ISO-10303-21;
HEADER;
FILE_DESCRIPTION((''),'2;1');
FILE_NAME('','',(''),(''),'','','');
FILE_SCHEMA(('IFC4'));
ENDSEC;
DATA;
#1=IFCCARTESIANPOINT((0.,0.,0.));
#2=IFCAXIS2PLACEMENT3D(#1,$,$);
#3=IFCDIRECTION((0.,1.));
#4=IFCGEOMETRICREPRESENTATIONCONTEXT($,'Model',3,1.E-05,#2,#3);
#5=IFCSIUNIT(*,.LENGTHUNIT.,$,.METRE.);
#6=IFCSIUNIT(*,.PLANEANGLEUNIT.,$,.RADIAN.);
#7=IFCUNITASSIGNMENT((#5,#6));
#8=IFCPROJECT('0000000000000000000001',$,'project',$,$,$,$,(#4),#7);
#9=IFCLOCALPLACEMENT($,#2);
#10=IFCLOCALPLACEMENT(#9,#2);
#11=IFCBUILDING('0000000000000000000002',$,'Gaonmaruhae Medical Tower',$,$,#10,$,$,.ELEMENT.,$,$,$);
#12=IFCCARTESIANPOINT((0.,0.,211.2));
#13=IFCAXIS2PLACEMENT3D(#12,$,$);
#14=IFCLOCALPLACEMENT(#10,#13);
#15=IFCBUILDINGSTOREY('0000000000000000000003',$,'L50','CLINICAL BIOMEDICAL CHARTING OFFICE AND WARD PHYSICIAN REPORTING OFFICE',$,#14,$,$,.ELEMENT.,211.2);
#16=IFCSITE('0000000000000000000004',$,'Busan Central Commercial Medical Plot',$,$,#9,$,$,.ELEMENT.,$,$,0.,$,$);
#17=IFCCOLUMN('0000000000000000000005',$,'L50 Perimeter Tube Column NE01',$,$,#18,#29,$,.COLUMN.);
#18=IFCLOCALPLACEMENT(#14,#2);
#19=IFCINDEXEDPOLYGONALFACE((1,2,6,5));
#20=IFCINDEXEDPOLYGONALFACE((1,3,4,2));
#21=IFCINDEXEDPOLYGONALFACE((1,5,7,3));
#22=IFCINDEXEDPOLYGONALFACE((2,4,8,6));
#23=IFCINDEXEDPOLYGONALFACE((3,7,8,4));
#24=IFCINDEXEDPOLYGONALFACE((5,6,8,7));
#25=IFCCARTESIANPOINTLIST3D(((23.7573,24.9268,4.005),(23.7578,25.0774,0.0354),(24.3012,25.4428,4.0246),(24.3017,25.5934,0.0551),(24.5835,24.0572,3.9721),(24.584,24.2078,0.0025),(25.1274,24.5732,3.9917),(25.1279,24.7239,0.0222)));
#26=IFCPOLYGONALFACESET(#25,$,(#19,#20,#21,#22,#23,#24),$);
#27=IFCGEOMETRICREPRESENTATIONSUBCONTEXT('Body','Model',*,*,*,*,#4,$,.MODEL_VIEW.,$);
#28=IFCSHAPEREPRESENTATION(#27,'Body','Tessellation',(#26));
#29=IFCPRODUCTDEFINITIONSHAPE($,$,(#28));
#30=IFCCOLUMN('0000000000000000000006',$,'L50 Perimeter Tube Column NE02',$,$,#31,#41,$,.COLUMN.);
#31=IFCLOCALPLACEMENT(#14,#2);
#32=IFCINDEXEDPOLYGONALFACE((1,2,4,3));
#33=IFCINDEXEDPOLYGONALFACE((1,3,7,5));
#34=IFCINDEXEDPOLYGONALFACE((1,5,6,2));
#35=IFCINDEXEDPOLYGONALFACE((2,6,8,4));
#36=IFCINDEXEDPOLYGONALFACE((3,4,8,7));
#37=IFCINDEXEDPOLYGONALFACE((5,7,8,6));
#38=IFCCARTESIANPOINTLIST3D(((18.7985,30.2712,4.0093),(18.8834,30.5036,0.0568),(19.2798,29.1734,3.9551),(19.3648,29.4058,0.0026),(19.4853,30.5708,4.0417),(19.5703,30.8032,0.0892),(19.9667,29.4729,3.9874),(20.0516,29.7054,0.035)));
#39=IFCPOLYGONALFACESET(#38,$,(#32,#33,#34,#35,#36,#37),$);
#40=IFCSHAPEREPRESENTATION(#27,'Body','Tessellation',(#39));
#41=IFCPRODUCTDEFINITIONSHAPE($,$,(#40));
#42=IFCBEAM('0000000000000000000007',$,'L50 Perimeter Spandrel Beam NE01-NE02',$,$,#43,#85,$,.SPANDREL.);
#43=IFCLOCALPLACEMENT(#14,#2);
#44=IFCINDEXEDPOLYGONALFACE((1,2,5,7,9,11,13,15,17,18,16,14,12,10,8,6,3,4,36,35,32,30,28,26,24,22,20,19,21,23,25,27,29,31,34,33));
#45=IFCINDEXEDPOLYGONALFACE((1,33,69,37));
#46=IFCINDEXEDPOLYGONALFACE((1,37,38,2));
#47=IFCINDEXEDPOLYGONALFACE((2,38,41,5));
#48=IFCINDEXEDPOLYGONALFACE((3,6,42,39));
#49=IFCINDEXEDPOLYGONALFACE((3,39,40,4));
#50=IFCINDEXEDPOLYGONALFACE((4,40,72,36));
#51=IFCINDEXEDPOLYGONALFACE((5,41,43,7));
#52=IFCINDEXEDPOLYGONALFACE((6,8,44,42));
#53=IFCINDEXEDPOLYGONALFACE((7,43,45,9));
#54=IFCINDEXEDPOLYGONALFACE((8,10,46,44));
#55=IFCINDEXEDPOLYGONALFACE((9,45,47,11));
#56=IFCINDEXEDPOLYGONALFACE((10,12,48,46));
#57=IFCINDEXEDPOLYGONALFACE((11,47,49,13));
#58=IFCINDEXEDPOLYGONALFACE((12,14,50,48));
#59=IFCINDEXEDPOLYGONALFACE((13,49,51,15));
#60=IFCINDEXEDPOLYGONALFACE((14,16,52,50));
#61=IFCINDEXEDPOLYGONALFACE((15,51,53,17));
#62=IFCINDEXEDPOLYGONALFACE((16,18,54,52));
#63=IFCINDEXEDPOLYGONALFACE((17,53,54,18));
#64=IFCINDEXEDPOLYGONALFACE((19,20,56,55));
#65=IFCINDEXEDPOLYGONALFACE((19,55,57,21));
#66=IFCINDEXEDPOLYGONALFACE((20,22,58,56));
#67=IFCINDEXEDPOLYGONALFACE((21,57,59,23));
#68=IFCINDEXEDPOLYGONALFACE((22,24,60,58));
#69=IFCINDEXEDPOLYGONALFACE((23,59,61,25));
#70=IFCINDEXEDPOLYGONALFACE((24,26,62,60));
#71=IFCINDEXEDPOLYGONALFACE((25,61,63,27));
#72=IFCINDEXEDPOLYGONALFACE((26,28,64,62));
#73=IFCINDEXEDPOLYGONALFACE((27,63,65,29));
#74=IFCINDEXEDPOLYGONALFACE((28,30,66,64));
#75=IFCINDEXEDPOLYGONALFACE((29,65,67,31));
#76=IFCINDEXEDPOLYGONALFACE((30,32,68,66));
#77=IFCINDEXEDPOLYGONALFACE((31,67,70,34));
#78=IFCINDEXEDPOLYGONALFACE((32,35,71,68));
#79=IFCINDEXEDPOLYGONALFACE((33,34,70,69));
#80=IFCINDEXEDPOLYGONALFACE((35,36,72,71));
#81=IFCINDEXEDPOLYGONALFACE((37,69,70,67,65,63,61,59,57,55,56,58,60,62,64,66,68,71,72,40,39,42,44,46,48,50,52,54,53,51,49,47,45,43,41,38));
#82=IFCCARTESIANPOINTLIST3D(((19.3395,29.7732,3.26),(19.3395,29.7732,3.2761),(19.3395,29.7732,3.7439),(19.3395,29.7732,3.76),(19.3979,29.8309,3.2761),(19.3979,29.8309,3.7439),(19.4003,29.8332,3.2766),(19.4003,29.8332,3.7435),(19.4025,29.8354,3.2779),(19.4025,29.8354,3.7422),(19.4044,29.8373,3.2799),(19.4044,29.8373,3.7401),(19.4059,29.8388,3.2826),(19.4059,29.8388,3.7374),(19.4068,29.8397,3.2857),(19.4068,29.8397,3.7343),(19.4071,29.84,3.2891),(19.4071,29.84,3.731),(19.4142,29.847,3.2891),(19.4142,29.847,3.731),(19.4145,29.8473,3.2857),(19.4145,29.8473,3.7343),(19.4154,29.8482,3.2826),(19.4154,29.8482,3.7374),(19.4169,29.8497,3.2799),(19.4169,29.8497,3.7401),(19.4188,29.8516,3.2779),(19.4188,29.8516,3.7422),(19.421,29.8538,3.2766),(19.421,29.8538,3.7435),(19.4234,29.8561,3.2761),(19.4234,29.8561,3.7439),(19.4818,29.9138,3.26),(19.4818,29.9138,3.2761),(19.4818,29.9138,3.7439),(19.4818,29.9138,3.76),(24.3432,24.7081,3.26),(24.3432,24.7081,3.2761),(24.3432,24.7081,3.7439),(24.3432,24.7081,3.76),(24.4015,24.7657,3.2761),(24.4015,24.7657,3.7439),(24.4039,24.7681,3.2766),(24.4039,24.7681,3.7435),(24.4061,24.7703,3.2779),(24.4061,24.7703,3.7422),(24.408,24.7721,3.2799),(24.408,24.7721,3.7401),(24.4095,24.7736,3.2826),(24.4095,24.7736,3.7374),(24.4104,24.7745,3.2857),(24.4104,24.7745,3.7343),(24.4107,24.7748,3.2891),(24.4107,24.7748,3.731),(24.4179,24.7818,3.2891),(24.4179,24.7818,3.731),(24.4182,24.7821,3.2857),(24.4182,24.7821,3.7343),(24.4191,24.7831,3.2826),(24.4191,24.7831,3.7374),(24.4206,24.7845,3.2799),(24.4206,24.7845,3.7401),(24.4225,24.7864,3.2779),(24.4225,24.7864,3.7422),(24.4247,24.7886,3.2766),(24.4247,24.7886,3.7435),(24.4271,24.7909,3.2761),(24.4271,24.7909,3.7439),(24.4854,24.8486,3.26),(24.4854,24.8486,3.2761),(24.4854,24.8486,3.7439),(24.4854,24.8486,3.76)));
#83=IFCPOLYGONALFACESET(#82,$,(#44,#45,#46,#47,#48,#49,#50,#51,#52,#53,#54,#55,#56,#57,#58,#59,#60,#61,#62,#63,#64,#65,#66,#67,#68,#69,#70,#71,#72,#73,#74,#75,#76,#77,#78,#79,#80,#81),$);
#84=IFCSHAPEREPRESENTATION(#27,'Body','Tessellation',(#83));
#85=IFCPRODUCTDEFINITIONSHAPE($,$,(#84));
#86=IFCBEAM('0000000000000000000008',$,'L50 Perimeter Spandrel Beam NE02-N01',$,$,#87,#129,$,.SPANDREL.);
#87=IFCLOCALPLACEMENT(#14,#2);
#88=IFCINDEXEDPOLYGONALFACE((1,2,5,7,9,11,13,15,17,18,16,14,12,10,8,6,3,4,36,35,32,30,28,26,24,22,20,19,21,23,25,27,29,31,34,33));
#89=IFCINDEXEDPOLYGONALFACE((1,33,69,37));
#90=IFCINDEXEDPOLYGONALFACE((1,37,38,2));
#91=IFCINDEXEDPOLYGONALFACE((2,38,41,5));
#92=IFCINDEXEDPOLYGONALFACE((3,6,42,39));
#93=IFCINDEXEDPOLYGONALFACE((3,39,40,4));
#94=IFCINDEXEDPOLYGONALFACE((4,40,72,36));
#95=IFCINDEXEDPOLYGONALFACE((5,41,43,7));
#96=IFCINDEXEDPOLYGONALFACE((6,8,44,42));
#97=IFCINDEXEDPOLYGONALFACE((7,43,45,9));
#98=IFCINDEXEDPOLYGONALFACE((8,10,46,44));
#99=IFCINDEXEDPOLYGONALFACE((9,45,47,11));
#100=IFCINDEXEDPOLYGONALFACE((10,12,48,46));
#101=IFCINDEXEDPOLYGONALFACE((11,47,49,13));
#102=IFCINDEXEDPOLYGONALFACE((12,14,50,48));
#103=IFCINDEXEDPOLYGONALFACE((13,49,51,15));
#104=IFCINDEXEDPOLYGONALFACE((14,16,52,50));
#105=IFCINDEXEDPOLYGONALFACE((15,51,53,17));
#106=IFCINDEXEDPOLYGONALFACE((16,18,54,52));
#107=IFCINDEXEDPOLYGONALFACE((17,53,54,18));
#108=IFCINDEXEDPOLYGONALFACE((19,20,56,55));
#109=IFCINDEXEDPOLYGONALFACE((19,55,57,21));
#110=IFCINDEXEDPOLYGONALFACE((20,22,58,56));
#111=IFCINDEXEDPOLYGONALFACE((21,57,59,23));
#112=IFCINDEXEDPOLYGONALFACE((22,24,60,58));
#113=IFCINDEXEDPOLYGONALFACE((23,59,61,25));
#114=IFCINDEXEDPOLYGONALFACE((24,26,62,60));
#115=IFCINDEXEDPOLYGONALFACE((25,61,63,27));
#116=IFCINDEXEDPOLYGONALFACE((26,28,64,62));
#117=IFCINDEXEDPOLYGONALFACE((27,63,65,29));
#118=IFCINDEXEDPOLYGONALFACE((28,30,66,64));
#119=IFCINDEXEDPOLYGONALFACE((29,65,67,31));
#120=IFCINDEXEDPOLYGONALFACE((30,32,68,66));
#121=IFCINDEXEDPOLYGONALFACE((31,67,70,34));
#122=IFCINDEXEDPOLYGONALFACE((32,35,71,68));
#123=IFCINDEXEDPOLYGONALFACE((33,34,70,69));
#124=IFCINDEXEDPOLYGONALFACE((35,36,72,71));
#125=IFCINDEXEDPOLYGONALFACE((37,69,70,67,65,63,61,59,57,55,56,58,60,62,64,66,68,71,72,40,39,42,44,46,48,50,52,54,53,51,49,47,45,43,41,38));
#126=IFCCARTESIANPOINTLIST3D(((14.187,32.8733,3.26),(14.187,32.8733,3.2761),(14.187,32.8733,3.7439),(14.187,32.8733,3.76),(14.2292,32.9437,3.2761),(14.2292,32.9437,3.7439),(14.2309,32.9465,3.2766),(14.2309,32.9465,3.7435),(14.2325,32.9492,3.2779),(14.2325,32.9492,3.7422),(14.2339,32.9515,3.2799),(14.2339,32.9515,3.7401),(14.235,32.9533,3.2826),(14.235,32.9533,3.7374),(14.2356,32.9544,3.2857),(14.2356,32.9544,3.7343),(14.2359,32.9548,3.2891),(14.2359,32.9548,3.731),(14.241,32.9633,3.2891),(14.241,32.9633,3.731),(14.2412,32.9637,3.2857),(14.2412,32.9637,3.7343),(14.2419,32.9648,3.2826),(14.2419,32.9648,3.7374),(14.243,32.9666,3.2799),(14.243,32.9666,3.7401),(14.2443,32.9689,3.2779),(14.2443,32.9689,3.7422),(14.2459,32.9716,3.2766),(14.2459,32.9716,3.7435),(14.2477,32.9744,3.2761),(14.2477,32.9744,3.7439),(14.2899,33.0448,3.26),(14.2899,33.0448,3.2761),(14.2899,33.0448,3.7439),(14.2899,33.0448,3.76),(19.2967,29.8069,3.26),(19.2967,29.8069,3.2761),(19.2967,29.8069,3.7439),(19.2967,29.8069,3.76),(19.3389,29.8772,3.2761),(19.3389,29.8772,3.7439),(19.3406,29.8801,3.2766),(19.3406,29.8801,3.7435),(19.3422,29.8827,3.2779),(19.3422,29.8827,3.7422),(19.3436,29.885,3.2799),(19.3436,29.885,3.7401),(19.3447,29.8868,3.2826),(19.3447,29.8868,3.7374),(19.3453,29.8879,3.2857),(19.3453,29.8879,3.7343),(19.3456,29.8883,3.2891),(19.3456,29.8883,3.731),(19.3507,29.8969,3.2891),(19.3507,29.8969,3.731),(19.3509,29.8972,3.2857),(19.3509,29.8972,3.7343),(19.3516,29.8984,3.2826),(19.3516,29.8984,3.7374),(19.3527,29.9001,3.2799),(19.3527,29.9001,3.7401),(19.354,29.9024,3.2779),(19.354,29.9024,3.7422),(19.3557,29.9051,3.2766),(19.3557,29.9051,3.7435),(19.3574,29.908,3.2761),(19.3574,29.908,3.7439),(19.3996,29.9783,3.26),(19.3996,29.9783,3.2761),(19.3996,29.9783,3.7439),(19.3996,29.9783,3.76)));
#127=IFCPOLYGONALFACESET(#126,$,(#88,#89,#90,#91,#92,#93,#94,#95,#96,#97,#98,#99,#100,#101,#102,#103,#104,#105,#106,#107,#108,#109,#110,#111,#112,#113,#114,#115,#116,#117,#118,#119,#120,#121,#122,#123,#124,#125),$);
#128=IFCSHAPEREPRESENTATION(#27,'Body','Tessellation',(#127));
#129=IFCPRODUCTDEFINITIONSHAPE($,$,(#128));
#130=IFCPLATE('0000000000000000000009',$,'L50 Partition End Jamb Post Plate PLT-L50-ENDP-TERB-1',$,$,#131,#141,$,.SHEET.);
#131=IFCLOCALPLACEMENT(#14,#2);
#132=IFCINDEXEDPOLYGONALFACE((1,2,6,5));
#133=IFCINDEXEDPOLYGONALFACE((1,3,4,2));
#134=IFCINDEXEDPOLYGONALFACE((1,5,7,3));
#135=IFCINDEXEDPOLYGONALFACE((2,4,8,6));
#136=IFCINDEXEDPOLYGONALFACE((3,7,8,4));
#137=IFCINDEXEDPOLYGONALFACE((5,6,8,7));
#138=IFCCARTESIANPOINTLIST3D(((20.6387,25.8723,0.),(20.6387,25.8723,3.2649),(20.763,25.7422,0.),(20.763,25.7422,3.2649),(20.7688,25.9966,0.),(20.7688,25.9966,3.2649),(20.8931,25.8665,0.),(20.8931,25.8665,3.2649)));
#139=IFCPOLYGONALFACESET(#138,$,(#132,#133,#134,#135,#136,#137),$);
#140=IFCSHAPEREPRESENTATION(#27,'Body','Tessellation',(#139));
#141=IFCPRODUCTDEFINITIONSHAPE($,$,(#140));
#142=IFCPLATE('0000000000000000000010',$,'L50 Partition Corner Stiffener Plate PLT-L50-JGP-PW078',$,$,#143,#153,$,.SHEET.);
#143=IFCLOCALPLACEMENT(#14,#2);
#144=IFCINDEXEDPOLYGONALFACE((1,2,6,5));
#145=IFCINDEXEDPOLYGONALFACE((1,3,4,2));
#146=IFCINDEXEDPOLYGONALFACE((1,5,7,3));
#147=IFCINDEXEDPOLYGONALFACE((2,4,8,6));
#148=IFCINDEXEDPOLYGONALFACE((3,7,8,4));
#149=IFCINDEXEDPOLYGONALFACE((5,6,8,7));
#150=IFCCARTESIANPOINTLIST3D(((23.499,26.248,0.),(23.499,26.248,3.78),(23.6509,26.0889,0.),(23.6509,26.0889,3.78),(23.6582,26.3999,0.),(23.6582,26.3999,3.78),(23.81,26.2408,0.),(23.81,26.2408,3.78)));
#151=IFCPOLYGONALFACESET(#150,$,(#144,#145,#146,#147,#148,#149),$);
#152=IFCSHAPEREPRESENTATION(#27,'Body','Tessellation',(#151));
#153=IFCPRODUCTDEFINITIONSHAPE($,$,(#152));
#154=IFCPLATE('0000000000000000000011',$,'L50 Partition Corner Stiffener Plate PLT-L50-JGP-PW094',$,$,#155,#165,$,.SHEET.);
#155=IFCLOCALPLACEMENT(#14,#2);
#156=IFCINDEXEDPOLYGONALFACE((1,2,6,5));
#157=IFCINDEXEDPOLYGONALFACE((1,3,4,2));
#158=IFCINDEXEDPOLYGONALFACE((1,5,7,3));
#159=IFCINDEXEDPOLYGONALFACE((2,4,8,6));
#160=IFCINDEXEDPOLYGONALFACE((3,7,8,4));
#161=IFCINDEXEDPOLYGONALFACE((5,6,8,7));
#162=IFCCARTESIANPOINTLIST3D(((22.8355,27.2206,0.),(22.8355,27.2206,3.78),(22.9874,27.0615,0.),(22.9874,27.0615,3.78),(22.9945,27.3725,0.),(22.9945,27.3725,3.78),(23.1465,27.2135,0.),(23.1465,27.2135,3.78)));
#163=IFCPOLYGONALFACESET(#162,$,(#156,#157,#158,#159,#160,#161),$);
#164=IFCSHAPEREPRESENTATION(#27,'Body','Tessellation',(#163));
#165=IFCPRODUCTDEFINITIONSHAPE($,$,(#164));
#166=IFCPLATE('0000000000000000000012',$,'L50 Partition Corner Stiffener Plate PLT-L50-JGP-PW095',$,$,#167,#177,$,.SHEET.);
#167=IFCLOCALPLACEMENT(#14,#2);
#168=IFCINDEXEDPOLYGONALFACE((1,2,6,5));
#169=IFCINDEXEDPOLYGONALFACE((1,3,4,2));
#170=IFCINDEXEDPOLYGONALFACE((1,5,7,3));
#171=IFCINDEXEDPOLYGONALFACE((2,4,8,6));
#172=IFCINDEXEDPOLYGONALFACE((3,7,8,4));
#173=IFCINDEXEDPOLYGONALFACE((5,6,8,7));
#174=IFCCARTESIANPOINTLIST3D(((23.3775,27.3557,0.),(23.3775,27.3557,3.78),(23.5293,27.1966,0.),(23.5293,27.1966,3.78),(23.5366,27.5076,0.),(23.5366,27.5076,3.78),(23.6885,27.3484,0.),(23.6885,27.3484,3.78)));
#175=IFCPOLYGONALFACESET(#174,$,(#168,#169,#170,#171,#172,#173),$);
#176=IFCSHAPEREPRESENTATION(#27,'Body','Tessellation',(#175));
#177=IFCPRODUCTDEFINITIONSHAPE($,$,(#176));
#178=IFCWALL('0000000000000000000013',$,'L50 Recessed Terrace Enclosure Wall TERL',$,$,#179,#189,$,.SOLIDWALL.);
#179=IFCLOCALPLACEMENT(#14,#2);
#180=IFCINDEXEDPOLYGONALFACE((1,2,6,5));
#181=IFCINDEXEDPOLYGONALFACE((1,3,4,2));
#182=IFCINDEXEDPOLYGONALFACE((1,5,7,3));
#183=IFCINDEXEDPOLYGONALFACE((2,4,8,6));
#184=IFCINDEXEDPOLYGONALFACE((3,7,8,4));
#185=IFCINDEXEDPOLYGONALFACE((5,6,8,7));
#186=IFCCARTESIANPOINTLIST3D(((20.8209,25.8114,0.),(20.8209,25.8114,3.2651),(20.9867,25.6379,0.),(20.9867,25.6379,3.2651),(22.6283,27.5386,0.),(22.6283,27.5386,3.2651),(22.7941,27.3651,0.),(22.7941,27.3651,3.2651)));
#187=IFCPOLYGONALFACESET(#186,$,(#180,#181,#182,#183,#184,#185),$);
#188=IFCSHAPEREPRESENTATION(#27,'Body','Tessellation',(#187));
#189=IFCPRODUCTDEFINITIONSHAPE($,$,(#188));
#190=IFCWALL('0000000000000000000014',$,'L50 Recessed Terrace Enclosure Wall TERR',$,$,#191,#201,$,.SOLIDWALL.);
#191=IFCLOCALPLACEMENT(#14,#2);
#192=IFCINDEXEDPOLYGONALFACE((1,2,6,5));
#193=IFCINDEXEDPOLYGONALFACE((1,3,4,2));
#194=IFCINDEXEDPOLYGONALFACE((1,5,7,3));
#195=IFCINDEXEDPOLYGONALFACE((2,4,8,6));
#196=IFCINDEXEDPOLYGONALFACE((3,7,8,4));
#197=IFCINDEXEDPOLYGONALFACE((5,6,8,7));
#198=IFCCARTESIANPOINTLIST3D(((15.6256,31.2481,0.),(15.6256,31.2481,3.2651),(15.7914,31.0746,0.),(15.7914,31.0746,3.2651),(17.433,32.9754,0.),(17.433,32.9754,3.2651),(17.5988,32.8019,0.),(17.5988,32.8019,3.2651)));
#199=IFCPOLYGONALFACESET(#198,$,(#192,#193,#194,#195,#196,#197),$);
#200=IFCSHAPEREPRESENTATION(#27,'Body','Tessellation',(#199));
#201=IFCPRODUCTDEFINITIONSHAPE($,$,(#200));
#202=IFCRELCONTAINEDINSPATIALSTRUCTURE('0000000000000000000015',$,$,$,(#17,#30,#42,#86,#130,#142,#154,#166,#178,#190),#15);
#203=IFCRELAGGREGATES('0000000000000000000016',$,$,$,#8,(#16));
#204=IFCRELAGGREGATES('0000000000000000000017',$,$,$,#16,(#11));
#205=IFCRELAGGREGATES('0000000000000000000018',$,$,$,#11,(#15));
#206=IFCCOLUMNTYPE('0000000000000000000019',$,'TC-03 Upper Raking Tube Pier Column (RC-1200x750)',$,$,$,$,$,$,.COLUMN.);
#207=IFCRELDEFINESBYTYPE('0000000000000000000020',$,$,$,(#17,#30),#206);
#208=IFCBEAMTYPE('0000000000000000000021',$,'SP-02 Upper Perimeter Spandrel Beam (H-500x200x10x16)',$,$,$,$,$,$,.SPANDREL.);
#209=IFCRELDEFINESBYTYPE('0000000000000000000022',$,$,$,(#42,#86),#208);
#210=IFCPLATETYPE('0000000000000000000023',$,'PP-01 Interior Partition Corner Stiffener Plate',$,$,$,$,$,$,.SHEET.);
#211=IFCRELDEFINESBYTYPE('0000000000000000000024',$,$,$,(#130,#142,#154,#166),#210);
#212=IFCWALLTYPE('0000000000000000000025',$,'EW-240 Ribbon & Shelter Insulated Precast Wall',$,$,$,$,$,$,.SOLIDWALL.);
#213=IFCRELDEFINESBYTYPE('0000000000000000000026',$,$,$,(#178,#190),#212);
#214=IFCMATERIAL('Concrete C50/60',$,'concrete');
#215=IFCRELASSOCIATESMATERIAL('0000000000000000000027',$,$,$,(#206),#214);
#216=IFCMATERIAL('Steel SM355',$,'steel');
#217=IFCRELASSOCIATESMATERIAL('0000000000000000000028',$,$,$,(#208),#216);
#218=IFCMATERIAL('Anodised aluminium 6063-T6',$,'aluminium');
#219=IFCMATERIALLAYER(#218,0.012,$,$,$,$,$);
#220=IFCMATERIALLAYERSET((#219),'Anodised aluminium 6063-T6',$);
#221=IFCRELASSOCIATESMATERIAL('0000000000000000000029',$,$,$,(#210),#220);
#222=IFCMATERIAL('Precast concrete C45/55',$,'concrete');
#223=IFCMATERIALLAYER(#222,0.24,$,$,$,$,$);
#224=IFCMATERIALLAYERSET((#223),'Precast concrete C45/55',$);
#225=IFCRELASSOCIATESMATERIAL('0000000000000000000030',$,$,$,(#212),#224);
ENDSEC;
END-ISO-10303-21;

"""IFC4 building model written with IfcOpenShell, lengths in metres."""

from ifc_helpers import new_model, si_unit, direction, frame, frame_2d, origin, origin_2d, place, context, subcontext, project, spatial, rectangle, i_section, extrude, material, layer, layer_set, material_profile, profile_set, type_object, element, save


model = new_model("IFC4")

# Units and contexts
model_context = context("Model", 3, precision=1e-05, world=origin(), true_north=direction((0.0, 1.0)))
body_context = subcontext(model_context, "Body", "Model", "MODEL_VIEW")
ifc_project = project(units=[si_unit("LENGTHUNIT", "METRE"), si_unit("PLANEANGLEUNIT", "RADIAN")], contexts=[model_context])

# Site, building, storey
site_placement = place(None, origin())
site = spatial("IfcSite", under=ifc_project, at=site_placement, Name="Busan Central Commercial Medical Plot", CompositionType="ELEMENT", RefElevation=0.0)
building_placement = place(site_placement, origin())
building = spatial("IfcBuilding", under=site, at=building_placement, Name="Gaonmaruhae Medical Tower", CompositionType="ELEMENT")
storey_placement = place(building_placement, frame((0.0, 0.0, 211.2)))
storey = spatial("IfcBuildingStorey", under=building, at=storey_placement, Name="L50", Description="CLINICAL BIOMEDICAL CHARTING OFFICE AND WARD PHYSICIAN REPORTING OFFICE", CompositionType="ELEMENT", Elevation=211.2)

# Columns
ifc_material_1 = material(Name="Concrete C50/60", Category="concrete")
ifc_material_profile_1 = material_profile(ifc_material_1, rectangle(XDim=1.2, YDim=0.75, at=origin_2d()), Name="RC-1200x750")
ifc_profile_set_1 = profile_set([ifc_material_profile_1], Name="Concrete C50/60")
column_type = type_object("IfcColumnType", Name="TC-03 Upper Raking Tube Pier Column (RC-1200x750)", PredefinedType="COLUMN", material=ifc_profile_set_1)
column_1_placement = place(storey_placement, frame((24.4429, 24.9006, 0.0288), z_axis=(-0.000123, -0.037921, 0.999281), x_axis=(-0.688537, 0.724683, 0.027416)))
element("IfcColumn", 1, at=column_1_placement, inside=storey, type_object=column_type, Name="L50 Perimeter Tube Column NE01", PredefinedType="COLUMN", context=body_context, shape_type="SweptSolid", body=[
    extrude(rectangle(XDim=1.2, YDim=0.75, at=origin_2d()), origin(), (0.0, 0.0, 1.0), 3.9724),
])
column_2_placement = place(storey_placement, frame((19.4675, 30.1045, 0.0459), z_axis=(-0.021454, -0.05869, 0.998046), x_axis=(-0.401159, 0.914894, 0.045177)))
element("IfcColumn", 2, at=column_2_placement, inside=storey, type_object=column_type, Name="L50 Perimeter Tube Column NE02", PredefinedType="COLUMN", context=body_context, shape_type="SweptSolid", body=[
    extrude(rectangle(XDim=1.2, YDim=0.75, at=origin_2d()), origin(), (0.0, 0.0, 1.0), 3.9602),
])

# Beams
ifc_material_2 = material(Name="Steel SM355", Category="steel")
ifc_material_profile_2 = material_profile(ifc_material_2, i_section(OverallWidth=0.2, OverallDepth=0.5, WebThickness=0.01, FlangeThickness=0.0161, FilletRadius=0.0129, at=origin_2d()), Name="H-500x200x10x16")
ifc_profile_set_2 = profile_set([ifc_material_profile_2], Name="Steel SM355")
beam_type = type_object("IfcBeamType", Name="SP-02 Upper Perimeter Spandrel Beam (H-500x200x10x16)", PredefinedType="SPANDREL", material=ifc_profile_set_2)
beam_1_placement = place(storey_placement, frame((24.4143, 24.7783, 3.51), z_axis=(-0.702773, 0.711414, 0.0), x_axis=(-0.711414, -0.702773, 0.0)))
element("IfcBeam", 3, at=beam_1_placement, inside=storey, type_object=beam_type, Name="L50 Perimeter Spandrel Beam NE01-NE02", PredefinedType="SPANDREL", context=body_context, shape_type="SweptSolid", body=[
    extrude(i_section(OverallWidth=0.2, OverallDepth=0.5, WebThickness=0.01, FlangeThickness=0.0161, FilletRadius=0.0129, at=origin_2d()), origin(), (0.0, 0.0, 1.0), 7.1199),
])
beam_2_placement = place(storey_placement, frame((19.3481, 29.8926, 3.51), z_axis=(-0.857446, 0.514574, 0.0), x_axis=(-0.514574, -0.857446, 0.0)))
element("IfcBeam", 4, at=beam_2_placement, inside=storey, type_object=beam_type, Name="L50 Perimeter Spandrel Beam NE02-N01", PredefinedType="SPANDREL", context=body_context, shape_type="SweptSolid", body=[
    extrude(i_section(OverallWidth=0.2, OverallDepth=0.5, WebThickness=0.01, FlangeThickness=0.0161, FilletRadius=0.0129, at=origin_2d()), origin(), (0.0, 0.0, 1.0), 5.9592),
])

# Plates
ifc_material_3 = material(Name="Anodised aluminium 6063-T6", Category="aluminium")
ifc_layer_1 = layer(ifc_material_3, 0.012)
ifc_layer_set_1 = layer_set([ifc_layer_1], Name="Anodised aluminium 6063-T6")
plate_type = type_object("IfcPlateType", Name="PP-01 Interior Partition Corner Stiffener Plate", PredefinedType="SHEET", material=ifc_layer_set_1)
plate_placement = place(storey_placement, frame((20.7659, 25.8694, 0.0), z_axis=(0.0, 0.0, 1.0), x_axis=(0.690882, -0.722967, 0.0)))
element("IfcPlate", 5, at=plate_placement, inside=storey, type_object=plate_type, Name="L50 Partition End Jamb Post Plate PLT-L50-ENDP-TERB-1", PredefinedType="SHEET", context=body_context, shape_type="SweptSolid", body=[
    extrude(rectangle(XDim=0.1799, YDim=0.1799, at=origin_2d()), origin(), (0.0, 0.0, 1.0), 3.2649),
])
for number, where, z_axis, x_axis, name in (
    (6, (23.6545, 26.2444, 0.0), (0.0, 0.0, 1.0), (0.723401, 0.690428, 0.0), "L50 Partition Corner Stiffener Plate PLT-L50-JGP-PW078"),
    (7, (22.991, 27.217, 0.0), (0.0, 0.0, 1.0), (0.690643, -0.723196, 0.0), "L50 Partition Corner Stiffener Plate PLT-L50-JGP-PW094"),
    (8, (23.533, 27.3521, 0.0), (0.0, 0.0, 1.0), (0.723401, 0.690428, 0.0), "L50 Partition Corner Stiffener Plate PLT-L50-JGP-PW095"),
):
    element("IfcPlate", number, at=place(storey_placement, frame(where, z_axis=z_axis, x_axis=x_axis)), inside=storey, type_object=plate_type, Name=name, PredefinedType="SHEET", context=body_context, shape_type="SweptSolid", body=[
        extrude(rectangle(XDim=0.22, YDim=0.22, at=origin_2d()), origin(), (0.0, 0.0, 1.0), 3.78),
    ])

# Walls
ifc_material_4 = material(Name="Precast concrete C45/55", Category="concrete")
ifc_layer_2 = layer(ifc_material_4, 0.24)
ifc_layer_set_2 = layer_set([ifc_layer_2], Name="Precast concrete C45/55")
wall_type_1 = type_object("IfcWallType", Name="EW-240 Ribbon & Shelter Insulated Precast Wall", PredefinedType="SOLIDWALL", material=ifc_layer_set_2)
for number, where, z_axis, x_axis, name in (
    (9, (20.9038, 25.7246, 0.0), (0.0, 0.0, 1.0), (0.722941, 0.69091, 0.0), "L50 Recessed Terrace Enclosure Wall TERL"),
    (10, (17.5159, 32.8887, 0.0), (0.0, 0.0, 1.0), (-0.722941, -0.69091, 0.0), "L50 Recessed Terrace Enclosure Wall TERR"),
):
    element("IfcWall", number, at=place(storey_placement, frame(where, z_axis=z_axis, x_axis=x_axis)), inside=storey, type_object=wall_type_1, Name=name, PredefinedType="SOLIDWALL", context=body_context, shape_type="SweptSolid", body=[
        extrude(rectangle(XDim=2.5, YDim=0.24, at=frame_2d((1.25, 0.0))), origin(), (0.0, 0.0, 1.0), 3.2651),
    ])

save(model, "model.ifc")
